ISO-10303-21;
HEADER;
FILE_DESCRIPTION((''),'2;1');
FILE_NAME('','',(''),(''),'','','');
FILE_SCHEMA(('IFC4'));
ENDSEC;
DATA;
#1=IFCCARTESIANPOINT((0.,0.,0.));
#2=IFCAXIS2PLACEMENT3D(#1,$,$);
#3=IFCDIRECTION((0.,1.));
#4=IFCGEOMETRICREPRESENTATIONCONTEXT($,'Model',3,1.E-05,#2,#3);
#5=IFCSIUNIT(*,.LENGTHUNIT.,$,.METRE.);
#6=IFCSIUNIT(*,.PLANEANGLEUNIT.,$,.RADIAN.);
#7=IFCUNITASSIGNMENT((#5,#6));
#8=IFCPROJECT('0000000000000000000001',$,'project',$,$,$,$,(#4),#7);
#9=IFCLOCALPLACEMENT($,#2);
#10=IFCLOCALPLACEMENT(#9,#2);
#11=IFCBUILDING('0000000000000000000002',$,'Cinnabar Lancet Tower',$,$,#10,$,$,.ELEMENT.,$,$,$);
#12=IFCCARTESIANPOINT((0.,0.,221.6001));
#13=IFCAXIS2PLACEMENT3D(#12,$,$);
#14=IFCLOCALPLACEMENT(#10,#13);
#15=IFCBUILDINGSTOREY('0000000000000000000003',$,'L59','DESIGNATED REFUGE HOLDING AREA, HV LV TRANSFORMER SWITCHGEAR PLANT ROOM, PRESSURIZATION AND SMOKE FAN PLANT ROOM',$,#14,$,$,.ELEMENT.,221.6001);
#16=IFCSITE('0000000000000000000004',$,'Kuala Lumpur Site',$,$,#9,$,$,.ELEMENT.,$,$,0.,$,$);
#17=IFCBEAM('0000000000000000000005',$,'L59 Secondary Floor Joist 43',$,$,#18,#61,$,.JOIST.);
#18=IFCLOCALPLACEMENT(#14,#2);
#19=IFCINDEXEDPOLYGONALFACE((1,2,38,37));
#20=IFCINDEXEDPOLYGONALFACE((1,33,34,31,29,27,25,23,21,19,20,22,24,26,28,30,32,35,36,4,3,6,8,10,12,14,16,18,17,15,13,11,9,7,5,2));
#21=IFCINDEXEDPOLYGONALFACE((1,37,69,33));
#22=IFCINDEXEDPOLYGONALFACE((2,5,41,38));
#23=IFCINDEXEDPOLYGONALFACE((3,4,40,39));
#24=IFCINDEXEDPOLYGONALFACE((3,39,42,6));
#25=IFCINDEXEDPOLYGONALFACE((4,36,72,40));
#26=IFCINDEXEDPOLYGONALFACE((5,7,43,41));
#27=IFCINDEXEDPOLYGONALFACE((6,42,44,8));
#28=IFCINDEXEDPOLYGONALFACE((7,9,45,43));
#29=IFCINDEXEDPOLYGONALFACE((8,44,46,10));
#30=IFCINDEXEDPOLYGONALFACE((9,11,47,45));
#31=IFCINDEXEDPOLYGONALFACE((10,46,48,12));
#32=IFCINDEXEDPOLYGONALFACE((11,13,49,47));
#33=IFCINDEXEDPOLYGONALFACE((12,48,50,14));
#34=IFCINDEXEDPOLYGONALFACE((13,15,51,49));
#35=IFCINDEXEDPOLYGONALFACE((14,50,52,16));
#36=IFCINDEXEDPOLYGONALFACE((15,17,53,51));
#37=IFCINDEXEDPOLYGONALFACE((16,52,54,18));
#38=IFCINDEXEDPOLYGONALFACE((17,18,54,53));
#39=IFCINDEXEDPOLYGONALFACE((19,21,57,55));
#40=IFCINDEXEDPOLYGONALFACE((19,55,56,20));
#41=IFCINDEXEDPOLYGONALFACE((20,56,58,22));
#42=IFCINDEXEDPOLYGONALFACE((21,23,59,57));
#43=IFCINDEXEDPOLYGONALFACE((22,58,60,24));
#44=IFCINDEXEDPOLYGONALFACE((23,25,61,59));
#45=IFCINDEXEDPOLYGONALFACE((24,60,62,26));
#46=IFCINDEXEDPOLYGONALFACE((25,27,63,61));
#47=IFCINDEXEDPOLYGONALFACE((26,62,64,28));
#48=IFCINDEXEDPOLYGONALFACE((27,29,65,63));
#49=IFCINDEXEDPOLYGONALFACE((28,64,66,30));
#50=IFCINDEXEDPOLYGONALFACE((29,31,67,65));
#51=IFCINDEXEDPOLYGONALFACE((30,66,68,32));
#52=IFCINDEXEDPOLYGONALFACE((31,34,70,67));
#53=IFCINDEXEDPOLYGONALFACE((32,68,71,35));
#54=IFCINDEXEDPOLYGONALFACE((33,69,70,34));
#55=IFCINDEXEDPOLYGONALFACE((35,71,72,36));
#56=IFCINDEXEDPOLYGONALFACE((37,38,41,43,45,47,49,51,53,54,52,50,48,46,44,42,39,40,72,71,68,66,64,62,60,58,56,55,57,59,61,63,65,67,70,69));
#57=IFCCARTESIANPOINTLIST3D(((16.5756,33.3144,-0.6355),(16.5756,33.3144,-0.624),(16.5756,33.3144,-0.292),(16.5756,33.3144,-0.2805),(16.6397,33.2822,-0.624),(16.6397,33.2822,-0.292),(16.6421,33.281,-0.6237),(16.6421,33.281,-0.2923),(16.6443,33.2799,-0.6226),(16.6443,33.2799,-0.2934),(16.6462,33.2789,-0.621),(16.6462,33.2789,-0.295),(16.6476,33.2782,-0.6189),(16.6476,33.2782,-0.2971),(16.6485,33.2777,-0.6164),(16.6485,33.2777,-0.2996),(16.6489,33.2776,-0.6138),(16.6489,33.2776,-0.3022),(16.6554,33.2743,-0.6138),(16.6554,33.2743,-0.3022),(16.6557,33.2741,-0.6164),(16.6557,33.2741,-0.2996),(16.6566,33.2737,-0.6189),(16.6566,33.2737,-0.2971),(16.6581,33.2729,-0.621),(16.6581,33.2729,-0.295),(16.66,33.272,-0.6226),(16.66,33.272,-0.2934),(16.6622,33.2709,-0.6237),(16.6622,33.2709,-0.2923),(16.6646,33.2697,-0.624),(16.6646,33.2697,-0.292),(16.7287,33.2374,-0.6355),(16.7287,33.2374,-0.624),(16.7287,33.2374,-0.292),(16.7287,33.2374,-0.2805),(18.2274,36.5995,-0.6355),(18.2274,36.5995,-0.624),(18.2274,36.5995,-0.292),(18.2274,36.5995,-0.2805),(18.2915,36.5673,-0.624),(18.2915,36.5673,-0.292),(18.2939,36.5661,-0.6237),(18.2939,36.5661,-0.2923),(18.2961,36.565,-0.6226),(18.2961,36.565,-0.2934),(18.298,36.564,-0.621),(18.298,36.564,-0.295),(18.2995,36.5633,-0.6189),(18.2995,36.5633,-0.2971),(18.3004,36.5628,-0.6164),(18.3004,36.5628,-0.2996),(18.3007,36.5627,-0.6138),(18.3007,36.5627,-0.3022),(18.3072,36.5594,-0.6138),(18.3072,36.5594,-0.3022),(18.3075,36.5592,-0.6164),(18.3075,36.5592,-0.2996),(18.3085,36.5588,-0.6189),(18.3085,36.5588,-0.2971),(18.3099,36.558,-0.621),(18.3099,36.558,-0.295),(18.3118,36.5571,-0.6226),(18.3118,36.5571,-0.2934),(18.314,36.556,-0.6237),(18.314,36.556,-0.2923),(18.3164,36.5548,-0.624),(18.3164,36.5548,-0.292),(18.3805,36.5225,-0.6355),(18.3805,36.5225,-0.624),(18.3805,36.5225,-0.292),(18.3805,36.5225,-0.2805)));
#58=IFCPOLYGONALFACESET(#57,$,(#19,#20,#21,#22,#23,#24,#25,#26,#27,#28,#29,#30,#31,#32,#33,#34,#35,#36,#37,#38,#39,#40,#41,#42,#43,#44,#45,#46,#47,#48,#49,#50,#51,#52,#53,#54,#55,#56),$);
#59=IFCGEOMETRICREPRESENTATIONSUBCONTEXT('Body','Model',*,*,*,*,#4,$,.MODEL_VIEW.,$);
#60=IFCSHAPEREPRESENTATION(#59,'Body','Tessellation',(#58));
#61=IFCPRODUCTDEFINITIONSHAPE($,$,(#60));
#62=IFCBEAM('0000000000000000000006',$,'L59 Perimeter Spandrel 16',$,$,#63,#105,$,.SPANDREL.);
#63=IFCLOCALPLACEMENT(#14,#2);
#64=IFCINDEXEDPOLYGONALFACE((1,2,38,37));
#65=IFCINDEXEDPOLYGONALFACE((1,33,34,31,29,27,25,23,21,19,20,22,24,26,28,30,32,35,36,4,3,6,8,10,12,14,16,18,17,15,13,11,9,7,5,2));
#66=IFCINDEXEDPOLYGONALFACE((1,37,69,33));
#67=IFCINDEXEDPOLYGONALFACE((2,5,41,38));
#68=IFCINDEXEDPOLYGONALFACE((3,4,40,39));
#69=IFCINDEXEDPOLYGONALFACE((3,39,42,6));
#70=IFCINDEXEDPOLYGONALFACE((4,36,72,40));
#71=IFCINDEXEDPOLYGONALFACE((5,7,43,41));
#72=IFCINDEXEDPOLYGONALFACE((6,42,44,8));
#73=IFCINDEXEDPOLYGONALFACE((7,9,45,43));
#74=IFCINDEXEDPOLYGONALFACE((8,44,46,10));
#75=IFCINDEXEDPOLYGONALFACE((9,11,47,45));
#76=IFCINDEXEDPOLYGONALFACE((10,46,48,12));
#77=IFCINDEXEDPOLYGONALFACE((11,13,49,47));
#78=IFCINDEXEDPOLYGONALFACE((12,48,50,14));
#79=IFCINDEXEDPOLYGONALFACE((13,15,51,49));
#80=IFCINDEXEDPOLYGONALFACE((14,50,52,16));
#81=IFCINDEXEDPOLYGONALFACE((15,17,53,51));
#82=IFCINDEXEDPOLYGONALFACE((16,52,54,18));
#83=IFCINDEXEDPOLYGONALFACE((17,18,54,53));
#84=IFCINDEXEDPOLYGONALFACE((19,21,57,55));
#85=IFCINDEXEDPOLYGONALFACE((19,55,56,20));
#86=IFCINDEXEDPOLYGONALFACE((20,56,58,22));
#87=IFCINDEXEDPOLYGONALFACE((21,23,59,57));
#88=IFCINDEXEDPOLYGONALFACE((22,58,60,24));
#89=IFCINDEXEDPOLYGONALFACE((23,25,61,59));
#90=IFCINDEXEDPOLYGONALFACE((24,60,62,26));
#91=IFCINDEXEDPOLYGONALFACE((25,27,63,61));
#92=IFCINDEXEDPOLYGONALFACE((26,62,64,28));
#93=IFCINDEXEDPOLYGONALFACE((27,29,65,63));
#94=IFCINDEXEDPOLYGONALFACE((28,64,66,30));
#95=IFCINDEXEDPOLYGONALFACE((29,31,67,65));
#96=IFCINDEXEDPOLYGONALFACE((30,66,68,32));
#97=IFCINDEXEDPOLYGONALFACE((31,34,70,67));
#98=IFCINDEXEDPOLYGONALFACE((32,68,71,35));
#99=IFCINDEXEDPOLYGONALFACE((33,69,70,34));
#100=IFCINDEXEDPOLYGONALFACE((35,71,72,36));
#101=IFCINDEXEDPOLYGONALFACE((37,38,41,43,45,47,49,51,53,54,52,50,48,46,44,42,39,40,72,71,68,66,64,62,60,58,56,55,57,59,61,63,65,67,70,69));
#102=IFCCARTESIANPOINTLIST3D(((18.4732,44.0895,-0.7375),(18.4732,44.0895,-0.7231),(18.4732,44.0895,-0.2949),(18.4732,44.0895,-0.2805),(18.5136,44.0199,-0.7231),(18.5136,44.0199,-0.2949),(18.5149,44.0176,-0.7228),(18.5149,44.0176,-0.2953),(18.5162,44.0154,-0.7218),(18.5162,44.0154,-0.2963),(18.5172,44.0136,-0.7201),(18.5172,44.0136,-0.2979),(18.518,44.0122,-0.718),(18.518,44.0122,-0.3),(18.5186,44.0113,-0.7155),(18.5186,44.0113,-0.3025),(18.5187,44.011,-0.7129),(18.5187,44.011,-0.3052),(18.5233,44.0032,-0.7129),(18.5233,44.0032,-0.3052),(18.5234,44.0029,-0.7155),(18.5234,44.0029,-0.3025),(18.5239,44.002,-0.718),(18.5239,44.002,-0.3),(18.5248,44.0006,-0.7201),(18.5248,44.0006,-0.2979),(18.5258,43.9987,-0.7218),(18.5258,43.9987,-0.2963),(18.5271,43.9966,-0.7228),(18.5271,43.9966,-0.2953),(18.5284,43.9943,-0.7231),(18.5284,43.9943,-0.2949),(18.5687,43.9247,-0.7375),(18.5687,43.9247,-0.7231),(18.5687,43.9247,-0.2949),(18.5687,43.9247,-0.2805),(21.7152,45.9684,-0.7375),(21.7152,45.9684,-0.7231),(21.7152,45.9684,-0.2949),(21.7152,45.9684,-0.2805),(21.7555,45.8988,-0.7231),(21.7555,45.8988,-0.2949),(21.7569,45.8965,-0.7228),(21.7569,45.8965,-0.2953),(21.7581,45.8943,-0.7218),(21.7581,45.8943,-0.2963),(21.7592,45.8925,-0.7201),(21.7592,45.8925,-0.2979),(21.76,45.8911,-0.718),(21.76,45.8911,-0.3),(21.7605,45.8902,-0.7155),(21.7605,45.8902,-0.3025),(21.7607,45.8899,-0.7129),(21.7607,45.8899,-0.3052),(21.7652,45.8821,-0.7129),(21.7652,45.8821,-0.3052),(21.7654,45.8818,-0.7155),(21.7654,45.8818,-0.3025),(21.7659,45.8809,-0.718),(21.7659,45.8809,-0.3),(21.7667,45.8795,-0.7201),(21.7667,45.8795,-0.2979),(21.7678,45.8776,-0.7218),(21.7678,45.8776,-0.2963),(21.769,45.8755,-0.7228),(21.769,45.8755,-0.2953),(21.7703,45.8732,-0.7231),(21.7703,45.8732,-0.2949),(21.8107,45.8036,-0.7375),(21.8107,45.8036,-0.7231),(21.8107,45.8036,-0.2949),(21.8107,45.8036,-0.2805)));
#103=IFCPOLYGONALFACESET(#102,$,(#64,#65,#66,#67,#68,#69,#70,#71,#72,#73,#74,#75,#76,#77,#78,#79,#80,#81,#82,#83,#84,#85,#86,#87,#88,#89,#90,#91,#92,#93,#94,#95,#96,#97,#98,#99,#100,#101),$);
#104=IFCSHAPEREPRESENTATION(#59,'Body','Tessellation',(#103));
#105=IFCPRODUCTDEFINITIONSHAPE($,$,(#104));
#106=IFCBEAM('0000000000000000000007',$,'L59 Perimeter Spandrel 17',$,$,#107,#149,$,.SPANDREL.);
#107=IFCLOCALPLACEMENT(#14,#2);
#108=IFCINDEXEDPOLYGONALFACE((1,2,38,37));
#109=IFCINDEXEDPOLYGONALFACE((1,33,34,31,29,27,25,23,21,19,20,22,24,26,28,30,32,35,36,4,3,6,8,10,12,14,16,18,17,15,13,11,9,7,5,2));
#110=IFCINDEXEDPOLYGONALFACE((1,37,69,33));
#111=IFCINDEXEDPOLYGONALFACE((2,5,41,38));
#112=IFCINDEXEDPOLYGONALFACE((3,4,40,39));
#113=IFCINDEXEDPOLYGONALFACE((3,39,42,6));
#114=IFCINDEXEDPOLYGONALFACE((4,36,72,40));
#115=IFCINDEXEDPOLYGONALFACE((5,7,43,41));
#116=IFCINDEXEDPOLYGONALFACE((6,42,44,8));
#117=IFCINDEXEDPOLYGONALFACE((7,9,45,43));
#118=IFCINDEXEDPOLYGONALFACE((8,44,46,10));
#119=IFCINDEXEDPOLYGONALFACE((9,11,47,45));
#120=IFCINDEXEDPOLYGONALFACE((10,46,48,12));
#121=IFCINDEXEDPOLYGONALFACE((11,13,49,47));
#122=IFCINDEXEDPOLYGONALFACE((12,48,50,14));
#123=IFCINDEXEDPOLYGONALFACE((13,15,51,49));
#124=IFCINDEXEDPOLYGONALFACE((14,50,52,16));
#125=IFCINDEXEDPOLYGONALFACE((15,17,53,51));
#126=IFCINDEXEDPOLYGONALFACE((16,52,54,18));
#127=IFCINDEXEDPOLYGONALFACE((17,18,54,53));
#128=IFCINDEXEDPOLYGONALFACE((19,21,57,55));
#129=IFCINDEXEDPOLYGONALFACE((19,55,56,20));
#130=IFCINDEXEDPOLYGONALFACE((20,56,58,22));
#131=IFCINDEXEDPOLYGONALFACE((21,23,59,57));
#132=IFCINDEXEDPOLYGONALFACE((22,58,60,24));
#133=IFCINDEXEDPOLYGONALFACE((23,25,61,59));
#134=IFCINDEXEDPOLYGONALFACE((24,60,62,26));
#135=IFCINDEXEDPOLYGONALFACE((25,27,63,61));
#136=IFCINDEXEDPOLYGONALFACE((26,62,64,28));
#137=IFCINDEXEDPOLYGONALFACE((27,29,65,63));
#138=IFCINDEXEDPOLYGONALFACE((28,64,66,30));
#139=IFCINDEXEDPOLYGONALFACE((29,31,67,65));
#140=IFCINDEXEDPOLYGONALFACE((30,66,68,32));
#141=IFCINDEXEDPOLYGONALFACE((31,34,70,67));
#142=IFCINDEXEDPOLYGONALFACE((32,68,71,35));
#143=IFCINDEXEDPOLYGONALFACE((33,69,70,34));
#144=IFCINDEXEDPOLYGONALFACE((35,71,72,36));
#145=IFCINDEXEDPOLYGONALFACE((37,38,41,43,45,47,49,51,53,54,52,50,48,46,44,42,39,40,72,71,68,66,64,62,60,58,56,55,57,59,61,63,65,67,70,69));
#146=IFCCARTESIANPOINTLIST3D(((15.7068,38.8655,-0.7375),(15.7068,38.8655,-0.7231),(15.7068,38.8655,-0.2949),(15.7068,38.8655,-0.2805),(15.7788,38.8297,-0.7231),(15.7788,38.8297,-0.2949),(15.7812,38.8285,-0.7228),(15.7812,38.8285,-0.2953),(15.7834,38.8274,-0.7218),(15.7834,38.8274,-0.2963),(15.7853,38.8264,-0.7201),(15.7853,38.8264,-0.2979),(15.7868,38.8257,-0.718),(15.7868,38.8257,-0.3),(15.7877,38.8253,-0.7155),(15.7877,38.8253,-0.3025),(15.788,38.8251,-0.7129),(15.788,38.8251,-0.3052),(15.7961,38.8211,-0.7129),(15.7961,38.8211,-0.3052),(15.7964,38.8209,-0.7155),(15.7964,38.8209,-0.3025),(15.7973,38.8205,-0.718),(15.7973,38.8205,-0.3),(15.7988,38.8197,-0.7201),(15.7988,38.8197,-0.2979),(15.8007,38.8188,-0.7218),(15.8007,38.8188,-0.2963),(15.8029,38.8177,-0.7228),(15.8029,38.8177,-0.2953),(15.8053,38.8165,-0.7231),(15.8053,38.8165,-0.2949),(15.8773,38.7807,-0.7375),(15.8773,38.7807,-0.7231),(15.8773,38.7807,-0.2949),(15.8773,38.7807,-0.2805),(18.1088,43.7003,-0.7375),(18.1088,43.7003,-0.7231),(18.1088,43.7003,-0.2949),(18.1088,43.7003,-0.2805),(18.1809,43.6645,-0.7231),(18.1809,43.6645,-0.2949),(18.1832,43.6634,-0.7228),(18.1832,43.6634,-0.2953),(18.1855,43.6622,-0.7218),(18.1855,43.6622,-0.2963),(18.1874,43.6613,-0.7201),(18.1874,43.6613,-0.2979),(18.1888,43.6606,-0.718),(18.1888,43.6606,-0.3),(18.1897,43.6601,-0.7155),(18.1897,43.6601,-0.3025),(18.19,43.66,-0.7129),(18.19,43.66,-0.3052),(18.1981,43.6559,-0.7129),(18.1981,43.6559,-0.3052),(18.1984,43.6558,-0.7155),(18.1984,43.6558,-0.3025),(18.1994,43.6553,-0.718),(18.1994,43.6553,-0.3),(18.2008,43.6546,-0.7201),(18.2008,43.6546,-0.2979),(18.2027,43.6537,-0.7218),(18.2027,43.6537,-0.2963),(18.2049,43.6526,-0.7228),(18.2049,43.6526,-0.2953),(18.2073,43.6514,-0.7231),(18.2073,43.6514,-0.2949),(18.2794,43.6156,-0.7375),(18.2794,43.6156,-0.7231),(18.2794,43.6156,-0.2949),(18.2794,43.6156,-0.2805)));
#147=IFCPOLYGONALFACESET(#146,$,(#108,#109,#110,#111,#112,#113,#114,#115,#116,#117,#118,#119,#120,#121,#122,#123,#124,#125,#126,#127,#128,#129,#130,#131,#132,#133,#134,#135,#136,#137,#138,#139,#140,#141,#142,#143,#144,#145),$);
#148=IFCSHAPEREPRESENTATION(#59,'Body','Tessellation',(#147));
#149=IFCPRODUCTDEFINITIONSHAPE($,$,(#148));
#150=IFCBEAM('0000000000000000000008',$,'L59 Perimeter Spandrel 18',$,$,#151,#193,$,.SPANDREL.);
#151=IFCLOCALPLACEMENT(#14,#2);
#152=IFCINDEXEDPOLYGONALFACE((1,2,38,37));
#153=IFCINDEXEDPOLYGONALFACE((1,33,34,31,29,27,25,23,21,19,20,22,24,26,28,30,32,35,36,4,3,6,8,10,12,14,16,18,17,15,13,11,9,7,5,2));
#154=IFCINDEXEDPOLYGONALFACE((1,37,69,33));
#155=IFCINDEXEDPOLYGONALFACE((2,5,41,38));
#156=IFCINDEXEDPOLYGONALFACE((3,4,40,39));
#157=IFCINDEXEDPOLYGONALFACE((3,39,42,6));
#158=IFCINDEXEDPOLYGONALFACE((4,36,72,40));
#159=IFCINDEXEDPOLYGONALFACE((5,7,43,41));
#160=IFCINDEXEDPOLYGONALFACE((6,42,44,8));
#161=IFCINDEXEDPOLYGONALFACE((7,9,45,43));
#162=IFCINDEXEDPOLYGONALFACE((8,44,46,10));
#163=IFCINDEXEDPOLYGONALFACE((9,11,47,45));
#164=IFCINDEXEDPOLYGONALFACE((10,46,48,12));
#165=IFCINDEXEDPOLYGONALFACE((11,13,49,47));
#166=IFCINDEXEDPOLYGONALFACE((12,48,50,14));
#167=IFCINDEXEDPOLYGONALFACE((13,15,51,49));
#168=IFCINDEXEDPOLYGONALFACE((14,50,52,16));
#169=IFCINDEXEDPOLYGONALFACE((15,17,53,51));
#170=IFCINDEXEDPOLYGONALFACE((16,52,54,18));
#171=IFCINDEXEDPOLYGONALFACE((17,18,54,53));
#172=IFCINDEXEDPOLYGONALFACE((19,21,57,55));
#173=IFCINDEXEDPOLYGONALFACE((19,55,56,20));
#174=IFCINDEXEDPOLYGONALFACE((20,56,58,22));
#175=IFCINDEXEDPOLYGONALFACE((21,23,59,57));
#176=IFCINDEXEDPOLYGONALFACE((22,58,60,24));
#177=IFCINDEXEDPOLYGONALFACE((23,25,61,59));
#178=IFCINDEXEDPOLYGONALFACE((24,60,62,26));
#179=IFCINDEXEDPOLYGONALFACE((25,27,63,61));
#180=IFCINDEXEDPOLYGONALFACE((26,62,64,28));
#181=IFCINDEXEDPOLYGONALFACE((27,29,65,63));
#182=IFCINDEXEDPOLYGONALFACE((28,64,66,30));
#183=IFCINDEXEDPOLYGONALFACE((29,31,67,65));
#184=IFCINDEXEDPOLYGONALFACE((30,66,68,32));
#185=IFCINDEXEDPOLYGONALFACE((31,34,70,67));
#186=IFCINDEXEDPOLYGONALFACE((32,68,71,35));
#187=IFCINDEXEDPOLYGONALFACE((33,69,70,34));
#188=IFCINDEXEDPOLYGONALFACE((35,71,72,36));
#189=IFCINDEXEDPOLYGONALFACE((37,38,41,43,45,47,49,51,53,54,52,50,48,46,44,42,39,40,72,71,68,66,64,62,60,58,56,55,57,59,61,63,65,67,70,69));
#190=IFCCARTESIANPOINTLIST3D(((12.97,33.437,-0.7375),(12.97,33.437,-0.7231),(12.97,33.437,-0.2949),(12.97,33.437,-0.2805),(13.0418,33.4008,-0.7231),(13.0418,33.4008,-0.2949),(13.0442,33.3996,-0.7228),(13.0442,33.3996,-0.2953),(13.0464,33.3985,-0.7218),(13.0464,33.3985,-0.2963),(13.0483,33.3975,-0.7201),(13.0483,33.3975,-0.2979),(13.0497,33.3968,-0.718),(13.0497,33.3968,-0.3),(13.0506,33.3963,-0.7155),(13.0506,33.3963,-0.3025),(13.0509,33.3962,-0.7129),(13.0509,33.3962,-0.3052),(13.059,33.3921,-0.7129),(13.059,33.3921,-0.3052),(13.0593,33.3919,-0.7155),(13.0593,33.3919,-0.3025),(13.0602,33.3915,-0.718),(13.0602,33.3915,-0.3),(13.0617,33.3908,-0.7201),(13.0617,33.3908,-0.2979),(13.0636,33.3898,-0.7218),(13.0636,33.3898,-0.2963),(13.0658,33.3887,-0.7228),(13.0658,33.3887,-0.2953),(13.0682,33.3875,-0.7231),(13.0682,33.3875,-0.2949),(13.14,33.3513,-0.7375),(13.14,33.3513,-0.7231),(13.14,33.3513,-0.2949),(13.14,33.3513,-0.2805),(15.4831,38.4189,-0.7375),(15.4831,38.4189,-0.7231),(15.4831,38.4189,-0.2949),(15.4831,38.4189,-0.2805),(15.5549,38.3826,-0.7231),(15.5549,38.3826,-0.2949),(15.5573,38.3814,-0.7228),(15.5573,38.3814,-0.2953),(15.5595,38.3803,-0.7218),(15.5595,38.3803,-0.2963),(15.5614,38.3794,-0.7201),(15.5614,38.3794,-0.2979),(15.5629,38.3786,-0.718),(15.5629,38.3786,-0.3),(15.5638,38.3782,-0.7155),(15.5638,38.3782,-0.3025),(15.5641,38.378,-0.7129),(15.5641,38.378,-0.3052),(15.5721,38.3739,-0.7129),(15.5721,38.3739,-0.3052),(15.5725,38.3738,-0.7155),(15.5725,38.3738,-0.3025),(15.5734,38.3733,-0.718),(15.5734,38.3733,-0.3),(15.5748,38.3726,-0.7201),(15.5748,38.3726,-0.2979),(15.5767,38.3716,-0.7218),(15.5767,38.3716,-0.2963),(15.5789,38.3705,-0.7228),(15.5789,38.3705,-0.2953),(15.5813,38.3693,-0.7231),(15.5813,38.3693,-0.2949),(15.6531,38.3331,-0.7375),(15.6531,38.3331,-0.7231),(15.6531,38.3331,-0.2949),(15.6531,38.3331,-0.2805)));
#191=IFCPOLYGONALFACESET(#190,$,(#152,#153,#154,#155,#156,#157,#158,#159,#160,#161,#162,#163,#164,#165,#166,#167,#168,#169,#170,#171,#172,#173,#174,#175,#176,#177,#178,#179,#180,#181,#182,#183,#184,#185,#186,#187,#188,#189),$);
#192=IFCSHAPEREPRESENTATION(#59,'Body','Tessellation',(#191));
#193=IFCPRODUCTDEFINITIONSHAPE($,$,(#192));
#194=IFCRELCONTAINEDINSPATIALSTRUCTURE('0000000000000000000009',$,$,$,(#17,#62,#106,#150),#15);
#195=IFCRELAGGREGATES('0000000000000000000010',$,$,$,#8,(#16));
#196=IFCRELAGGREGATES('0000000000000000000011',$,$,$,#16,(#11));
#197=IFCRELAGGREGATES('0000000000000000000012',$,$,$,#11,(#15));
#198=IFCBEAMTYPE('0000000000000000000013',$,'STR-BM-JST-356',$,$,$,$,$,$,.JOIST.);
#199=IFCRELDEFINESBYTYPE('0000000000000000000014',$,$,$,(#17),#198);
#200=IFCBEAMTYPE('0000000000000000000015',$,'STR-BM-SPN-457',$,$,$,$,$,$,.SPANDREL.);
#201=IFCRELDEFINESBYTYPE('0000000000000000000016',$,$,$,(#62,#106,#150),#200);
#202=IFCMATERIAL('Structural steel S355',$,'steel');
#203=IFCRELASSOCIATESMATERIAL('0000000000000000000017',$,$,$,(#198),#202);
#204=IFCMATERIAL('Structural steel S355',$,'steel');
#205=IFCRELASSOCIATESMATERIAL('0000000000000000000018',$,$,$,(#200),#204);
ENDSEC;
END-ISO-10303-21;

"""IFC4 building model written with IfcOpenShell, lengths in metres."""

from ifc_helpers import new_model, si_unit, direction, frame, origin, origin_2d, place, context, subcontext, project, spatial, i_section, extrude, material, material_profile, profile_set, type_object, element, save


model = new_model("IFC4")

# Units and contexts
model_context = context("Model", 3, precision=1e-05, world=origin(), true_north=direction((0.0, 1.0)))
body_context = subcontext(model_context, "Body", "Model", "MODEL_VIEW")
ifc_project = project(units=[si_unit("LENGTHUNIT", "METRE"), si_unit("PLANEANGLEUNIT", "RADIAN")], contexts=[model_context])

# Site, building, storey
site_placement = place(None, origin())
site = spatial("IfcSite", under=ifc_project, at=site_placement, Name="Kuala Lumpur Site", CompositionType="ELEMENT", RefElevation=0.0)
building_placement = place(site_placement, origin())
building = spatial("IfcBuilding", under=site, at=building_placement, Name="Cinnabar Lancet Tower", CompositionType="ELEMENT")
storey_placement = place(building_placement, frame((0.0, 0.0, 221.6001)))
storey = spatial("IfcBuildingStorey", under=building, at=storey_placement, Name="L59", Description="DESIGNATED REFUGE HOLDING AREA, HV LV TRANSFORMER SWITCHGEAR PLANT ROOM, PRESSURIZATION AND SMOKE FAN PLANT ROOM", CompositionType="ELEMENT", Elevation=221.6001)

# Beams
ifc_material_1 = material(Name="Structural steel S355", Category="steel")
ifc_material_profile_1 = material_profile(ifc_material_1, i_section(OverallWidth=0.1714, OverallDepth=0.355, WebThickness=0.0073, FlangeThickness=0.0115, FilletRadius=0.0103, at=origin_2d()), Name="UKB 356x171x51")
ifc_profile_set_1 = profile_set([ifc_material_profile_1], Name="Structural steel S355")
beam_type_1 = type_object("IfcBeamType", Name="STR-BM-JST-356", PredefinedType="JOIST", material=ifc_profile_set_1)
beam_1_placement = place(storey_placement, frame((18.304, 36.561, -0.458), z_axis=(-0.449231, -0.893416, 0.0), x_axis=(0.893416, -0.449231, 0.0)))
element("IfcBeam", 1, at=beam_1_placement, inside=storey, type_object=beam_type_1, Name="L59 Secondary Floor Joist 43", PredefinedType="JOIST", context=body_context, shape_type="SweptSolid", body=[
    extrude(i_section(OverallWidth=0.1714, OverallDepth=0.355, WebThickness=0.0073, FlangeThickness=0.0115, FilletRadius=0.0103, at=origin_2d()), origin(), (0.0, 0.0, 1.0), 3.677),
])
ifc_material_2 = material(Name="Structural steel S355", Category="steel")
ifc_material_profile_2 = material_profile(ifc_material_2, i_section(OverallWidth=0.1904, OverallDepth=0.457, WebThickness=0.009, FlangeThickness=0.0144, FilletRadius=0.0103, at=origin_2d()), Name="UKB 457x191x74")
ifc_profile_set_2 = profile_set([ifc_material_profile_2], Name="Structural steel S355")
beam_type_2 = type_object("IfcBeamType", Name="STR-BM-SPN-457", PredefinedType="SPANDREL", material=ifc_profile_set_2)
beam_2_placement = place(storey_placement, frame((21.7629, 45.886, -0.509), z_axis=(-0.865196, -0.501434, 0.0), x_axis=(0.501434, -0.865196, 0.0)))
element("IfcBeam", 2, at=beam_2_placement, inside=storey, type_object=beam_type_2, Name="L59 Perimeter Spandrel 16", PredefinedType="SPANDREL", context=body_context, shape_type="SweptSolid", body=[
    extrude(i_section(OverallWidth=0.1904, OverallDepth=0.457, WebThickness=0.009, FlangeThickness=0.0144, FilletRadius=0.0103, at=origin_2d()), origin(), (0.0, 0.0, 1.0), 3.7471),
])
beam_3_placement = place(storey_placement, frame((18.1941, 43.658, -0.509), z_axis=(-0.444933, -0.895564, 0.0), x_axis=(0.895564, -0.444933, 0.0)))
element("IfcBeam", 3, at=beam_3_placement, inside=storey, type_object=beam_type_2, Name="L59 Perimeter Spandrel 17", PredefinedType="SPANDREL", context=body_context, shape_type="SweptSolid", body=[
    extrude(i_section(OverallWidth=0.1904, OverallDepth=0.457, WebThickness=0.009, FlangeThickness=0.0144, FilletRadius=0.0103, at=origin_2d()), origin(), (0.0, 0.0, 1.0), 5.3987),
])
beam_4_placement = place(storey_placement, frame((15.5681, 38.376, -0.509), z_axis=(-0.450396, -0.892829, 0.0), x_axis=(0.892829, -0.450396, 0.0)))
element("IfcBeam", 4, at=beam_4_placement, inside=storey, type_object=beam_type_2, Name="L59 Perimeter Spandrel 18", PredefinedType="SPANDREL", context=body_context, shape_type="SweptSolid", body=[
    extrude(i_section(OverallWidth=0.1904, OverallDepth=0.457, WebThickness=0.009, FlangeThickness=0.0144, FilletRadius=0.0103, at=origin_2d()), origin(), (0.0, 0.0, 1.0), 5.5798),
])

save(model, "model.ifc")
